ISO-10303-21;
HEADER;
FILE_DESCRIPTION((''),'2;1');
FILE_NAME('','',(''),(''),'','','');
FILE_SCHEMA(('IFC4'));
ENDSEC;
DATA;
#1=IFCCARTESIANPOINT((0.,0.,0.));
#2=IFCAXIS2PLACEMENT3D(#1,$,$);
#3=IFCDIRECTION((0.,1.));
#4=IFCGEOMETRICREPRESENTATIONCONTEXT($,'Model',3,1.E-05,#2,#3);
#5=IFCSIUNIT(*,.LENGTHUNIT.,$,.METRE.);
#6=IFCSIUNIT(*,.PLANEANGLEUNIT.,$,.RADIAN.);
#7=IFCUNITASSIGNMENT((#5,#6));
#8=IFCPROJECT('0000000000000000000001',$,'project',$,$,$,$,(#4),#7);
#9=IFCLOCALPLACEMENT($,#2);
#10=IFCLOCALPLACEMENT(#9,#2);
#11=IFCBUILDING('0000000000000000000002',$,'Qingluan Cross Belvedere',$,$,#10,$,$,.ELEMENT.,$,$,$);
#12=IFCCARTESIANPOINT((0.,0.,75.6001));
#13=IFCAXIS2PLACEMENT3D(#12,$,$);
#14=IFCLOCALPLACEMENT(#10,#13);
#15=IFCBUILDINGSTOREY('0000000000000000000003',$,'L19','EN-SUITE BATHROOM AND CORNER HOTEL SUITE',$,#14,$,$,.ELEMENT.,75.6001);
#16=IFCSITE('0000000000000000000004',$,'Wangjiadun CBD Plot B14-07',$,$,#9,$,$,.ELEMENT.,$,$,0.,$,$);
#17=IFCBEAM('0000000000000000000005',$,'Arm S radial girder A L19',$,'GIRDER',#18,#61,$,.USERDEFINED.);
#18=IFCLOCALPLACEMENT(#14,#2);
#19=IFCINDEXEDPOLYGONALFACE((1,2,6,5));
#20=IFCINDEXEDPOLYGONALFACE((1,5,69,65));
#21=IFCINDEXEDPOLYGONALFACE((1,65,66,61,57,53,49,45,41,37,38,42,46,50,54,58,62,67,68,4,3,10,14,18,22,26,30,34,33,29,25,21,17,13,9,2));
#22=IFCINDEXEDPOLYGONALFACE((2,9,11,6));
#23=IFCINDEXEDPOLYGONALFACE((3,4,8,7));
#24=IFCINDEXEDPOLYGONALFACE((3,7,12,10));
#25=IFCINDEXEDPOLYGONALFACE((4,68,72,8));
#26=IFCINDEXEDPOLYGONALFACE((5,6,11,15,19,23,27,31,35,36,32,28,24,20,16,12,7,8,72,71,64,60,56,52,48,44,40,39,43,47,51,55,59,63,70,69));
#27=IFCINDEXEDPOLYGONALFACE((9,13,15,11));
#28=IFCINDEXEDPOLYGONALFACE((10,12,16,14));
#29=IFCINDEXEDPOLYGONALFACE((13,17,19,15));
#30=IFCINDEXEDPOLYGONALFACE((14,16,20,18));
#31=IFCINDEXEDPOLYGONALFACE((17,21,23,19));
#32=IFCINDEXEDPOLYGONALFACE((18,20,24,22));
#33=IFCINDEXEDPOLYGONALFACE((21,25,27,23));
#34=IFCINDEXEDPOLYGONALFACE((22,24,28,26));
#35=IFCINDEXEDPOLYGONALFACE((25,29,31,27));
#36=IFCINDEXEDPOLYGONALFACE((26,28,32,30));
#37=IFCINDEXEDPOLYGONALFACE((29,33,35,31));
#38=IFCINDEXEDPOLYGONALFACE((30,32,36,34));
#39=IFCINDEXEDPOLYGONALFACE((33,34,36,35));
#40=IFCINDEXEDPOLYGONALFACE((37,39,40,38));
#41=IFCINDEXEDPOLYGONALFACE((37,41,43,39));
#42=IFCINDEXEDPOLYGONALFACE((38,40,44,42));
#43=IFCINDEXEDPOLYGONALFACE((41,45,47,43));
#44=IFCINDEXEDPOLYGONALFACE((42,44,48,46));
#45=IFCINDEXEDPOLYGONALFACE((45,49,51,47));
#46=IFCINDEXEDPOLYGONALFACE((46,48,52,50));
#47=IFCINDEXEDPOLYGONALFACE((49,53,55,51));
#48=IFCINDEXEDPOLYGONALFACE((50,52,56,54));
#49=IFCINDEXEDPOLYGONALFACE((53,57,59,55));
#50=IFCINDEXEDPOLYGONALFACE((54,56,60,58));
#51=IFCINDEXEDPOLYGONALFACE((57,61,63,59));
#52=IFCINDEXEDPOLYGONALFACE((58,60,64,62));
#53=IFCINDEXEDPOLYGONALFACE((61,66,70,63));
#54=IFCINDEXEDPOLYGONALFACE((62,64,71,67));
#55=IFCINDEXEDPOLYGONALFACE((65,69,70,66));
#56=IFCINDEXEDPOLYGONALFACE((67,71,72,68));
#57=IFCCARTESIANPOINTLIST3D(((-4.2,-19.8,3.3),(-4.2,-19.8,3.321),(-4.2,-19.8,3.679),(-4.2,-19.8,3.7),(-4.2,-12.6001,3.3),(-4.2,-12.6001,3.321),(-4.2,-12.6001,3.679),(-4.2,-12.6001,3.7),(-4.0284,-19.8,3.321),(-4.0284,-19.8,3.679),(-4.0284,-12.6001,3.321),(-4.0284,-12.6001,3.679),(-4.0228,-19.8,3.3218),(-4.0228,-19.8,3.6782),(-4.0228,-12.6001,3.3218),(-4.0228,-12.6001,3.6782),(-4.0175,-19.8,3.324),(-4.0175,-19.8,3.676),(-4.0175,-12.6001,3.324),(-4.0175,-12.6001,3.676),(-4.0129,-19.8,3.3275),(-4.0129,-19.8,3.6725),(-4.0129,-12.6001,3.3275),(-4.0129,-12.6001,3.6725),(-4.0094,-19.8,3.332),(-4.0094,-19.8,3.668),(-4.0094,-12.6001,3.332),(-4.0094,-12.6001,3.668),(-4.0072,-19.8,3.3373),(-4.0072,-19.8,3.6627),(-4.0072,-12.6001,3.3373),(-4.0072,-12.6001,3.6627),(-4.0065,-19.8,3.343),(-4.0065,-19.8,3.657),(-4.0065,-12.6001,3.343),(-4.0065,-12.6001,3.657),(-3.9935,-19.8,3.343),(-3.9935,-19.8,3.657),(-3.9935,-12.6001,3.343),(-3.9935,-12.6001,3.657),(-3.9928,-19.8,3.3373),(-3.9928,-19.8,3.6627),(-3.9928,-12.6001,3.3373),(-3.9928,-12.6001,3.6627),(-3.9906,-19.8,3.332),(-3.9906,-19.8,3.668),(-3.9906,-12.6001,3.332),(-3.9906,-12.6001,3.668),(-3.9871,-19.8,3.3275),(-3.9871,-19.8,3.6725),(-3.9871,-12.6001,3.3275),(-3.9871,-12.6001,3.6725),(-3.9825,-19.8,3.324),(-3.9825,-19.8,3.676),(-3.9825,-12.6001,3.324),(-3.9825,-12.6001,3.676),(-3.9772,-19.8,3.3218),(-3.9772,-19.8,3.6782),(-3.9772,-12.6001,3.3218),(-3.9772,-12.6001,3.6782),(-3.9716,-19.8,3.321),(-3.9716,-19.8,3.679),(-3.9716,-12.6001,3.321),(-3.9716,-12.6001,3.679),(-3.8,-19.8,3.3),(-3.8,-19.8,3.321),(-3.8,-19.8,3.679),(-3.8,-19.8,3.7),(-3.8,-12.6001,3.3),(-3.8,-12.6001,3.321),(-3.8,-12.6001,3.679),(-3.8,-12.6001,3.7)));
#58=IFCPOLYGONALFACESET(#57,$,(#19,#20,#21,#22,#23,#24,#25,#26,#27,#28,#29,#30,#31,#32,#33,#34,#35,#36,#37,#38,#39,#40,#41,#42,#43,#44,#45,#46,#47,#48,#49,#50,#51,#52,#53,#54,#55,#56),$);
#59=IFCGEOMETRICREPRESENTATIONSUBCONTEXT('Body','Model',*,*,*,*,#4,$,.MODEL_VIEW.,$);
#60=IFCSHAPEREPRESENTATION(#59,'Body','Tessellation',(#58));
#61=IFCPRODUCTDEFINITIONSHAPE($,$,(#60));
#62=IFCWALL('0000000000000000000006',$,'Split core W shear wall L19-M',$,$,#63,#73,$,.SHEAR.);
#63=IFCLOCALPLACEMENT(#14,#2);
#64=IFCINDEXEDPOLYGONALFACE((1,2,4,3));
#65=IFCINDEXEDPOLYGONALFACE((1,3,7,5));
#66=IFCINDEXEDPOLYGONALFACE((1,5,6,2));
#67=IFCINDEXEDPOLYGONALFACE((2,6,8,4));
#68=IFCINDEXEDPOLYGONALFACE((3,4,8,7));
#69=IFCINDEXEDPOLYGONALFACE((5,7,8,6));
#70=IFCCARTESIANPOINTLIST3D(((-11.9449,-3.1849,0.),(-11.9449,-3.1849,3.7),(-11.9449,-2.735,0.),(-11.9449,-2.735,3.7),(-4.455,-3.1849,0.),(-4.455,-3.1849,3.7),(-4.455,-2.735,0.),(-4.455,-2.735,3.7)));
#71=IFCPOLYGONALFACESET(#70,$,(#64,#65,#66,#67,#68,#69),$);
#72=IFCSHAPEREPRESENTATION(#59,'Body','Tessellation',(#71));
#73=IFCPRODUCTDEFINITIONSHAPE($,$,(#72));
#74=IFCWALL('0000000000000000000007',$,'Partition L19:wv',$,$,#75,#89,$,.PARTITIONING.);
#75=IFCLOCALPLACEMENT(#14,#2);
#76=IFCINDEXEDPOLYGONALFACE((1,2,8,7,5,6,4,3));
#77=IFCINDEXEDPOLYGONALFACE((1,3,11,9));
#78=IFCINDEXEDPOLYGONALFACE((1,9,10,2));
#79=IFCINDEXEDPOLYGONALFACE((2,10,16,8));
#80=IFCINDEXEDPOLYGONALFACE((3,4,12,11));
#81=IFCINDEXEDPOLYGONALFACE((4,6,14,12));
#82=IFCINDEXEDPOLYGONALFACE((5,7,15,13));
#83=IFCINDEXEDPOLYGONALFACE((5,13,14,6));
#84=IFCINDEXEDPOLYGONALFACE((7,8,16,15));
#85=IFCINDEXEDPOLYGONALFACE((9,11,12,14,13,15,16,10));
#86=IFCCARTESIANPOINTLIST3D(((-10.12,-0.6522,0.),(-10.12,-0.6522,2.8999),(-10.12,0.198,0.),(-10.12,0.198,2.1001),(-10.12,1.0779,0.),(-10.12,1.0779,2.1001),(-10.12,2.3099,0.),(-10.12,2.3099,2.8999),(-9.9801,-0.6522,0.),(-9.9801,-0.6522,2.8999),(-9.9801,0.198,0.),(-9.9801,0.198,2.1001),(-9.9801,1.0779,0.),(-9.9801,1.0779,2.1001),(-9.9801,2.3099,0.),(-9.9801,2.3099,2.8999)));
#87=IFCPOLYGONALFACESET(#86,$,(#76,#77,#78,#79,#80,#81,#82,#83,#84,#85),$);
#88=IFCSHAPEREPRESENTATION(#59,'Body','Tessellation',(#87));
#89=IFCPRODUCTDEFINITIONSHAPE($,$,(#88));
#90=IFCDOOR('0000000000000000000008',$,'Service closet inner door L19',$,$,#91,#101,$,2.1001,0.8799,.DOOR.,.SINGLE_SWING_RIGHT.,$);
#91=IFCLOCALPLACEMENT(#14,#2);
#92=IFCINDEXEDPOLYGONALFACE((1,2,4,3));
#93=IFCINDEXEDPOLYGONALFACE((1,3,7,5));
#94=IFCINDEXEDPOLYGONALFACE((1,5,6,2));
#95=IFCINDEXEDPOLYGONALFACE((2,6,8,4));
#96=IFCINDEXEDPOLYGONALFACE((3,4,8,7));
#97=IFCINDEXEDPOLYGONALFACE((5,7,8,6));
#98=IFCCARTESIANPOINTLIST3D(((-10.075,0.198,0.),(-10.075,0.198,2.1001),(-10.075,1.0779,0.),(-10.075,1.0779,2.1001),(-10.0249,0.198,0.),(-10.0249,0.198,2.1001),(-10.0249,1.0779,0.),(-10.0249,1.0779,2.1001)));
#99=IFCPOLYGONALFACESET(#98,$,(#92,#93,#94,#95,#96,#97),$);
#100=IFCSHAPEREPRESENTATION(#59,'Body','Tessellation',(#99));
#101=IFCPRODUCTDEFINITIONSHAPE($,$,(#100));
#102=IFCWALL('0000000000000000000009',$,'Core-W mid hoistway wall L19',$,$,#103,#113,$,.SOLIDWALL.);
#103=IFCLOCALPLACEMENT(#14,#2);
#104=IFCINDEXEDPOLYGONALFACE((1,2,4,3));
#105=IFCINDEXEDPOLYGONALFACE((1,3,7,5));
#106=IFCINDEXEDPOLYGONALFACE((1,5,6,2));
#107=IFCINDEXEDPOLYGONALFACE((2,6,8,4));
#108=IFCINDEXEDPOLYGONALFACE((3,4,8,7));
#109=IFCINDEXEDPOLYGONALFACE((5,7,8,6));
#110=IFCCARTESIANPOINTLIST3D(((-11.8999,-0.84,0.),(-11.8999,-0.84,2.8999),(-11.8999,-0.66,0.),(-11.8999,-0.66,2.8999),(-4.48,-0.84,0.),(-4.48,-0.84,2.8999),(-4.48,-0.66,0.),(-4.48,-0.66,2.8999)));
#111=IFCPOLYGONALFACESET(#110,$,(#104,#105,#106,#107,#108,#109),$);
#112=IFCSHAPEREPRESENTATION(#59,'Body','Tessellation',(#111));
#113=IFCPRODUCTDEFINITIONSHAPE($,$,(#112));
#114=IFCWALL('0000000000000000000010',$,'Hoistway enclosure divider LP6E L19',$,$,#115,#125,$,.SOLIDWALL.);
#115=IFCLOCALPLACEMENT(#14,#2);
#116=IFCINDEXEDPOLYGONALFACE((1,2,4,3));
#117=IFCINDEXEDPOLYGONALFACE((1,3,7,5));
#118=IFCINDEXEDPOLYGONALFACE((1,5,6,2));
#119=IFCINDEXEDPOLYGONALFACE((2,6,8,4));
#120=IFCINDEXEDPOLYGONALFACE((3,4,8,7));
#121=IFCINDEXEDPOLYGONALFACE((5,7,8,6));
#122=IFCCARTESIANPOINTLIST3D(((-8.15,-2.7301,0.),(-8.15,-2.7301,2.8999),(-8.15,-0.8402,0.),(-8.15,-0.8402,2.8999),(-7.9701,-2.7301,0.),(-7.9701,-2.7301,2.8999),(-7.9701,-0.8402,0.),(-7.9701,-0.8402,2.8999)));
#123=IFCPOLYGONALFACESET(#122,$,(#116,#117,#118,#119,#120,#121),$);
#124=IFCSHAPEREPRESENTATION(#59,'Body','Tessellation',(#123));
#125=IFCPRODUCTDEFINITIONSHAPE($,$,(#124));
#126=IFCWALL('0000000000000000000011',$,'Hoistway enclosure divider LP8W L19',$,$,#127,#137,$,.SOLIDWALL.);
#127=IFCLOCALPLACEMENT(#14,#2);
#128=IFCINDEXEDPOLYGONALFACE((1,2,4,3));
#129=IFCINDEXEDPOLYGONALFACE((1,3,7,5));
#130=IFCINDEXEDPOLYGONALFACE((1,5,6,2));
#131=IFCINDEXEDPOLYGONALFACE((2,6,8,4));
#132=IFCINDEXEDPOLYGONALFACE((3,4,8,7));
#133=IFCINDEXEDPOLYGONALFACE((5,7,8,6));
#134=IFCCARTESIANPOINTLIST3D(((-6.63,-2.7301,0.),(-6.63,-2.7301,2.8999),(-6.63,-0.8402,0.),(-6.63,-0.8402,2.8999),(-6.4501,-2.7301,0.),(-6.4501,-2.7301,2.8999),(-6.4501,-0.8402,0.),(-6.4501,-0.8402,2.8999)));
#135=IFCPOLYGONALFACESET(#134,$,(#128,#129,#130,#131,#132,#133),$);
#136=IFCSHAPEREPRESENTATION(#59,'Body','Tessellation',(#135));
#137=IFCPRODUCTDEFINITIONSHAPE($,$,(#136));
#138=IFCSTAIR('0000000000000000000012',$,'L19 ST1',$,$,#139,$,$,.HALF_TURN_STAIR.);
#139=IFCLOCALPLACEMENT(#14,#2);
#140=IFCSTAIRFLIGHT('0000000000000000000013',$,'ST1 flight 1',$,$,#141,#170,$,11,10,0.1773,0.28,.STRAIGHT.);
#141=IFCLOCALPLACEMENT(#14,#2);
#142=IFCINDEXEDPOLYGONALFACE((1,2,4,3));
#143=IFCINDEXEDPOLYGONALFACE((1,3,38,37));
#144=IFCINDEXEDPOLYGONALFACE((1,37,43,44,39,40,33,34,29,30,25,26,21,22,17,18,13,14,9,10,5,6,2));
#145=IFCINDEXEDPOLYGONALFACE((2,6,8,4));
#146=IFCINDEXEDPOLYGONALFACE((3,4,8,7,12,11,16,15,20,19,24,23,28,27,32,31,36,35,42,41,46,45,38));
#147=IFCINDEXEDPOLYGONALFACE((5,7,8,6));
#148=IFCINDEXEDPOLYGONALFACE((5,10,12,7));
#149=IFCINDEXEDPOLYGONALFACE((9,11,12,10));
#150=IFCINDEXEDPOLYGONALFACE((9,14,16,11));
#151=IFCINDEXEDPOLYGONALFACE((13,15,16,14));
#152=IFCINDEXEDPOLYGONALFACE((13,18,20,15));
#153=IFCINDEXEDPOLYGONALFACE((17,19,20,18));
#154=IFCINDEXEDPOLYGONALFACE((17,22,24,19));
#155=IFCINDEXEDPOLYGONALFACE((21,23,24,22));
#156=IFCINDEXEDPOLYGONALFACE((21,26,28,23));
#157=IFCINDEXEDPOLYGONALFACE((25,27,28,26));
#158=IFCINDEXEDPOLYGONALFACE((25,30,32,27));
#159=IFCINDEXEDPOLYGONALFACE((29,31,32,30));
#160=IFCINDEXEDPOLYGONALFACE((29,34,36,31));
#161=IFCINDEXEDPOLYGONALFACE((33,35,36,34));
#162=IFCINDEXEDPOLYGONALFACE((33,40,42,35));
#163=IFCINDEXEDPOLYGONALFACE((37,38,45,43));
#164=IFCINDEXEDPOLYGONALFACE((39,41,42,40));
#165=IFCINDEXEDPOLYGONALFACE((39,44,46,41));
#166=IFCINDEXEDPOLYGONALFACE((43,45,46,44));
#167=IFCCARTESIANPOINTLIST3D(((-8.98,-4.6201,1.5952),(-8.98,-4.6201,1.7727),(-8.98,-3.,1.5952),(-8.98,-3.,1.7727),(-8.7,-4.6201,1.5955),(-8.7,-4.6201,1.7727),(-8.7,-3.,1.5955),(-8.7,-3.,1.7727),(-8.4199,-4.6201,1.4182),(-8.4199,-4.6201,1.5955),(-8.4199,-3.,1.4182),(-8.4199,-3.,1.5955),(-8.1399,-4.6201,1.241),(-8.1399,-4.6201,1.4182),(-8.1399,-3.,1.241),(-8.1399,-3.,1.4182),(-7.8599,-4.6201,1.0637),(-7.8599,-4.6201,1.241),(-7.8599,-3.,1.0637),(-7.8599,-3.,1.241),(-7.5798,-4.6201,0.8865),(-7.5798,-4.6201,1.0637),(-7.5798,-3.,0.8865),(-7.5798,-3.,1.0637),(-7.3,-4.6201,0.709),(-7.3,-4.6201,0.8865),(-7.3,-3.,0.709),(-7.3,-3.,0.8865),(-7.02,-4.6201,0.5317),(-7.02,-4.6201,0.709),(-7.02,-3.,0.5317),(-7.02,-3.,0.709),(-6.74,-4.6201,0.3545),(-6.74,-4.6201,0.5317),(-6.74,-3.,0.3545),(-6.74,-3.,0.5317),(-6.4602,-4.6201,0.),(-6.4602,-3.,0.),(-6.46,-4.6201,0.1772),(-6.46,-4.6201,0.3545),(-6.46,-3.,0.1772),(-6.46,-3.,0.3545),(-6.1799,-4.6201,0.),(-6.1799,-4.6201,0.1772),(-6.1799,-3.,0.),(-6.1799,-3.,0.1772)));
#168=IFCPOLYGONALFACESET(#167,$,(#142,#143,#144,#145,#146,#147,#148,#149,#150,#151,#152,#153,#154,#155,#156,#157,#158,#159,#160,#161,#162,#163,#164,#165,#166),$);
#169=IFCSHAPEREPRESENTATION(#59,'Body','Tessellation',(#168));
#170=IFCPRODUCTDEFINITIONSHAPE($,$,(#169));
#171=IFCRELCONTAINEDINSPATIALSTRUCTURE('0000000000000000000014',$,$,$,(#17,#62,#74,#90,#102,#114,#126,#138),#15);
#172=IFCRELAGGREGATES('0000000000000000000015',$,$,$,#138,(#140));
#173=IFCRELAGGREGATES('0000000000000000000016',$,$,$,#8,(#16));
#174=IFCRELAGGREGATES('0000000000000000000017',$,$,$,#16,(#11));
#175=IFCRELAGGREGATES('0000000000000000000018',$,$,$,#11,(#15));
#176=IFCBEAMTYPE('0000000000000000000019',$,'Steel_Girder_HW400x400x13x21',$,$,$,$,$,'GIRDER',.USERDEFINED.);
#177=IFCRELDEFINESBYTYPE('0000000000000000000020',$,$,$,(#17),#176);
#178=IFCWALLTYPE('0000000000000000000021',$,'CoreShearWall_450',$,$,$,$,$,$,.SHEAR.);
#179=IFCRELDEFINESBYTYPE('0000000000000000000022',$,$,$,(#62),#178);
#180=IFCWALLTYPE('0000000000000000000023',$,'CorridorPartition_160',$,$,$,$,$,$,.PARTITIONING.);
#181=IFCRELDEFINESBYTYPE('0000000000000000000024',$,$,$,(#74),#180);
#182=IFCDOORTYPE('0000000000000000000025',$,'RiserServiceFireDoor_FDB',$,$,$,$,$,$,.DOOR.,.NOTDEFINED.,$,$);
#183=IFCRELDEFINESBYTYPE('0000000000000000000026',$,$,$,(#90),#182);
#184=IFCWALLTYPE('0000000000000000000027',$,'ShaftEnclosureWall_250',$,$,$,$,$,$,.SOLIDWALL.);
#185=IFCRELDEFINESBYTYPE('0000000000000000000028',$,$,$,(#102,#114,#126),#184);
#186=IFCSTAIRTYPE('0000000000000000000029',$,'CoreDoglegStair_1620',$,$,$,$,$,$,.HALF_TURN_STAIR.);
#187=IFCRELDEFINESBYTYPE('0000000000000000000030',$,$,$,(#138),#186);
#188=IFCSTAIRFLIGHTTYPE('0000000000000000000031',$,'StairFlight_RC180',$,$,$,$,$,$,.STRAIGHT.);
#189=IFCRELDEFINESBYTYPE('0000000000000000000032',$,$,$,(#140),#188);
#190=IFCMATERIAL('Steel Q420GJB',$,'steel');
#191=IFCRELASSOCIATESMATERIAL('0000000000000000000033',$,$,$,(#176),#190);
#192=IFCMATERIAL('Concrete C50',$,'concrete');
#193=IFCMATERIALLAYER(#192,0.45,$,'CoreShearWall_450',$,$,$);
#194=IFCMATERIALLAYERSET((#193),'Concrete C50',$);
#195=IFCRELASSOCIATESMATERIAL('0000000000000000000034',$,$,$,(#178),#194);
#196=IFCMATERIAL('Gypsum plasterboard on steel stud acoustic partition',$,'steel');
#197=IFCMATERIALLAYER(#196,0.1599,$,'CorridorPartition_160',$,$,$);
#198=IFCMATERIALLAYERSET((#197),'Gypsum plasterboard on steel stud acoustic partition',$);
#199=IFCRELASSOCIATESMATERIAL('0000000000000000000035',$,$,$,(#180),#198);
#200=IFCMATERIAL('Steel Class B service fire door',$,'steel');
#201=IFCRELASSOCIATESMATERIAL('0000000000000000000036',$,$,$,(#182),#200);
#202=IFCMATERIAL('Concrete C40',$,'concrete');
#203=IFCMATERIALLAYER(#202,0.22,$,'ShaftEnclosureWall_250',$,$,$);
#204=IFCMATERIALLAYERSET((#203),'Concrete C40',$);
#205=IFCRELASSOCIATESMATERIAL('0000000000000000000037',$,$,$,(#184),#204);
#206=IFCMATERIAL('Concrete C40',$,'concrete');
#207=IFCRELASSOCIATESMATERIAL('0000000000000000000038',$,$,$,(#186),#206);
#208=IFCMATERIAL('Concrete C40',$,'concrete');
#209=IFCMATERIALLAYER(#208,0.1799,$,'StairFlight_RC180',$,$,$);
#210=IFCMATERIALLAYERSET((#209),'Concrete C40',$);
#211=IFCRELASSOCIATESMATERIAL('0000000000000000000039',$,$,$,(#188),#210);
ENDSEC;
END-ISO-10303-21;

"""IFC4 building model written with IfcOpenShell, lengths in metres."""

from ifc_helpers import new_model, si_unit, direction, frame, frame_2d, origin, origin_2d, place, context, subcontext, project, spatial, polyline, rectangle, i_section, outline, extrude, material, layer, layer_set, material_profile, profile_set, type_object, element, fill, aggregate, save


model = new_model("IFC4")

# Units and contexts
model_context = context("Model", 3, precision=1e-05, world=origin(), true_north=direction((0.0, 1.0)))
body_context = subcontext(model_context, "Body", "Model", "MODEL_VIEW")
ifc_project = project(units=[si_unit("LENGTHUNIT", "METRE"), si_unit("PLANEANGLEUNIT", "RADIAN")], contexts=[model_context])

# Site, building, storey
site_placement = place(None, origin())
site = spatial("IfcSite", under=ifc_project, at=site_placement, Name="Wangjiadun CBD Plot B14-07", CompositionType="ELEMENT", RefElevation=0.0)
building_placement = place(site_placement, origin())
building = spatial("IfcBuilding", under=site, at=building_placement, Name="Qingluan Cross Belvedere", CompositionType="ELEMENT")
storey_placement = place(building_placement, frame((0.0, 0.0, 75.6001)))
storey = spatial("IfcBuildingStorey", under=building, at=storey_placement, Name="L19", Description="EN-SUITE BATHROOM AND CORNER HOTEL SUITE", CompositionType="ELEMENT", Elevation=75.6001)

# Beam
ifc_material_1 = material(Name="Steel Q420GJB", Category="steel")
ifc_material_profile_1 = material_profile(ifc_material_1, i_section(OverallWidth=0.3999, OverallDepth=0.3999, WebThickness=0.0129, FlangeThickness=0.021, FilletRadius=0.022, at=origin_2d()), Name="HW400x400x13x21")
ifc_profile_set_1 = profile_set([ifc_material_profile_1], Name="Steel Q420GJB")
beam_type_1 = type_object("IfcBeamType", Name="Steel_Girder_HW400x400x13x21", ElementType="GIRDER", PredefinedType="USERDEFINED", material=ifc_profile_set_1)
beam_1_placement = place(storey_placement, frame((-4.0, -12.6001, 3.5), z_axis=(0.0, -1.0, 0.0), x_axis=(1.0, 0.0, 0.0)))
element("IfcBeam", 1, at=beam_1_placement, inside=storey, type_object=beam_type_1, Name="Arm S radial girder A L19", ObjectType="GIRDER", PredefinedType="USERDEFINED", context=body_context, shape_type="SweptSolid", body=[
    extrude(i_section(OverallWidth=0.3999, OverallDepth=0.3999, WebThickness=0.0129, FlangeThickness=0.021, FilletRadius=0.022, at=origin_2d()), origin(), (0.0, 0.0, 1.0), 7.2),
])

# Wall
ifc_material_2 = material(Name="Concrete C50", Category="concrete")
ifc_layer_1 = layer(ifc_material_2, 0.45, Name="CoreShearWall_450")
ifc_layer_set_1 = layer_set([ifc_layer_1], Name="Concrete C50")
wall_type_1 = type_object("IfcWallType", Name="CoreShearWall_450", PredefinedType="SHEAR", material=ifc_layer_set_1)
wall_1_placement = place(storey_placement, frame((-11.9451, -2.96, 0.0), z_axis=(0.0, 0.0, 1.0), x_axis=(1.0, 0.0, 0.0)))
element("IfcWall", 2, at=wall_1_placement, inside=storey, type_object=wall_type_1, Name="Split core W shear wall L19-M", PredefinedType="SHEAR", context=body_context, shape_type="SweptSolid", body=[
    extrude(rectangle(XDim=7.49, YDim=0.45, at=frame_2d((3.7451, 0.0))), origin(), (0.0, 0.0, 1.0), 3.7),
])

# Wall, opening, door
ifc_material_3 = material(Name="Gypsum plasterboard on steel stud acoustic partition", Category="steel")
ifc_layer_2 = layer(ifc_material_3, 0.1599, Name="CorridorPartition_160")
ifc_layer_set_2 = layer_set([ifc_layer_2], Name="Gypsum plasterboard on steel stud acoustic partition")
wall_type_2 = type_object("IfcWallType", Name="CorridorPartition_160", PredefinedType="PARTITIONING", material=ifc_layer_set_2)
wall_2_placement = place(storey_placement, frame((-10.05, -0.6521, 0.0), z_axis=(0.0, 0.0, 1.0), x_axis=(0.0, 1.0, 0.0)))
wall_2 = element("IfcWall", 3, at=wall_2_placement, inside=storey, type_object=wall_type_2, Name="Partition L19:wv", PredefinedType="PARTITIONING", context=body_context, shape_type="SweptSolid", body=[
    extrude(rectangle(XDim=2.9622, YDim=0.1399, at=frame_2d((1.481, 0.0))), origin(), (0.0, 0.0, 1.0), 2.8999),
])
opening_1_placement = place(wall_2_placement, frame((0.8501, 0.0, 0.0)))
opening_1 = element("IfcOpeningElement", 4, at=opening_1_placement, cuts=wall_2, PredefinedType="OPENING", context=body_context, shape_type="SweptSolid", body=[
    extrude(rectangle(XDim=0.8799, YDim=2.1001, at=frame_2d((0.4399, 1.05))), frame((0.0, 0.0798, 0.0), z_axis=(0.0, -1.0, 0.0), x_axis=(1.0, 0.0, 0.0)), (0.0, 0.0, 1.0), 0.1599),
])
ifc_material_4 = material(Name="Steel Class B service fire door", Category="steel")
door_type_1 = type_object("IfcDoorType", Name="RiserServiceFireDoor_FDB", OperationType="NOTDEFINED", PredefinedType="DOOR", material=ifc_material_4)
door_1_placement = place(opening_1_placement, origin())
door_1 = element("IfcDoor", 5, at=door_1_placement, inside=storey, type_object=door_type_1, Name="Service closet inner door L19", OperationType="SINGLE_SWING_RIGHT", OverallHeight=2.1001, OverallWidth=0.8799, PredefinedType="DOOR", context=body_context, shape_type="SweptSolid", body=[
    extrude(rectangle(XDim=0.8799, YDim=2.1001, at=frame_2d((0.4399, 1.05))), frame((0.0, 0.0249, 0.0), z_axis=(0.0, -1.0, 0.0), x_axis=(1.0, 0.0, 0.0)), (0.0, 0.0, 1.0), 0.05),
])
fill(opening_1, door_1)

# Walls
ifc_material_5 = material(Name="Concrete C40", Category="concrete")
ifc_layer_3 = layer(ifc_material_5, 0.22, Name="ShaftEnclosureWall_250")
ifc_layer_set_3 = layer_set([ifc_layer_3], Name="Concrete C40")
wall_type_3 = type_object("IfcWallType", Name="ShaftEnclosureWall_250", PredefinedType="SOLIDWALL", material=ifc_layer_set_3)
wall_3_placement = place(storey_placement, frame((-11.8999, -0.75, 0.0), z_axis=(0.0, 0.0, 1.0), x_axis=(1.0, 0.0, 0.0)))
element("IfcWall", 6, at=wall_3_placement, inside=storey, type_object=wall_type_3, Name="Core-W mid hoistway wall L19", PredefinedType="SOLIDWALL", context=body_context, shape_type="SweptSolid", body=[
    extrude(rectangle(XDim=7.4199, YDim=0.1799, at=frame_2d((3.71, 0.0))), origin(), (0.0, 0.0, 1.0), 2.8999),
])
for number, where, z_axis, x_axis, name in (
    (7, (-8.0601, -2.73, 0.0), (0.0, 0.0, 1.0), (0.0, 1.0, 0.0), "Hoistway enclosure divider LP6E L19"),
    (8, (-6.54, -2.73, 0.0), (0.0, 0.0, 1.0), (0.0, 1.0, 0.0), "Hoistway enclosure divider LP8W L19"),
):
    element("IfcWall", number, at=place(storey_placement, frame(where, z_axis=z_axis, x_axis=x_axis)), inside=storey, type_object=wall_type_3, Name=name, PredefinedType="SOLIDWALL", context=body_context, shape_type="SweptSolid", body=[
        extrude(rectangle(XDim=1.8899, YDim=0.1799, at=frame_2d((0.9448, 0.0))), origin(), (0.0, 0.0, 1.0), 2.8999),
    ])

# Stair, stair flight
ifc_material_6 = material(Name="Concrete C40", Category="concrete")
stair_type = type_object("IfcStairType", Name="CoreDoglegStair_1620", PredefinedType="HALF_TURN_STAIR", material=ifc_material_6)
stair_placement = place(storey_placement, origin())
stair = element("IfcStair", 9, at=stair_placement, inside=storey, type_object=stair_type, Name="L19 ST1", PredefinedType="HALF_TURN_STAIR")
ifc_material_7 = material(Name="Concrete C40", Category="concrete")
ifc_layer_4 = layer(ifc_material_7, 0.1799, Name="StairFlight_RC180")
ifc_layer_set_4 = layer_set([ifc_layer_4], Name="Concrete C40")
stair_flight_type = type_object("IfcStairFlightType", Name="StairFlight_RC180", PredefinedType="STRAIGHT", material=ifc_layer_set_4)
stair_flight_1_placement = place(storey_placement, frame((-6.1799, -3.8101, 0.0), z_axis=(0.0, 0.0, 1.0), x_axis=(-1.0, 0.0, 0.0)))
stair_flight_1 = element("IfcStairFlight", 10, at=stair_flight_1_placement, type_object=stair_flight_type, Name="ST1 flight 1", NumberOfRisers=11, NumberOfTreads=10, PredefinedType="STRAIGHT", RiserHeight=0.1773, TreadLength=0.28, context=body_context, shape_type="SweptSolid", body=[
    extrude(outline(polyline([(0.0, 0.0), (0.0, 0.1772), (0.28, 0.1772), (0.28, 0.3545), (0.5601, 0.3545), (0.5601, 0.5317), (0.8401, 0.5317), (0.8401, 0.709), (1.1201, 0.709), (1.1201, 0.8865), (1.3999, 0.8865), (1.3999, 1.0637), (1.6799, 1.0637), (1.6799, 1.241), (1.96, 1.241), (1.96, 1.4182), (2.24, 1.4182), (2.24, 1.5955), (2.52, 1.5955), (2.52, 1.7727), (2.8, 1.7727), (2.8, 1.95), (2.8, 1.5952), (0.2803, 0.0), (0.0, 0.0)])), frame((0.0, 0.8101, 0.0), z_axis=(0.0, -1.0, 0.0), x_axis=(1.0, 0.0, 0.0)), (0.0, 0.0, 1.0), 1.6201),
])
aggregate(stair, [stair_flight_1])

save(model, "model.ifc")
